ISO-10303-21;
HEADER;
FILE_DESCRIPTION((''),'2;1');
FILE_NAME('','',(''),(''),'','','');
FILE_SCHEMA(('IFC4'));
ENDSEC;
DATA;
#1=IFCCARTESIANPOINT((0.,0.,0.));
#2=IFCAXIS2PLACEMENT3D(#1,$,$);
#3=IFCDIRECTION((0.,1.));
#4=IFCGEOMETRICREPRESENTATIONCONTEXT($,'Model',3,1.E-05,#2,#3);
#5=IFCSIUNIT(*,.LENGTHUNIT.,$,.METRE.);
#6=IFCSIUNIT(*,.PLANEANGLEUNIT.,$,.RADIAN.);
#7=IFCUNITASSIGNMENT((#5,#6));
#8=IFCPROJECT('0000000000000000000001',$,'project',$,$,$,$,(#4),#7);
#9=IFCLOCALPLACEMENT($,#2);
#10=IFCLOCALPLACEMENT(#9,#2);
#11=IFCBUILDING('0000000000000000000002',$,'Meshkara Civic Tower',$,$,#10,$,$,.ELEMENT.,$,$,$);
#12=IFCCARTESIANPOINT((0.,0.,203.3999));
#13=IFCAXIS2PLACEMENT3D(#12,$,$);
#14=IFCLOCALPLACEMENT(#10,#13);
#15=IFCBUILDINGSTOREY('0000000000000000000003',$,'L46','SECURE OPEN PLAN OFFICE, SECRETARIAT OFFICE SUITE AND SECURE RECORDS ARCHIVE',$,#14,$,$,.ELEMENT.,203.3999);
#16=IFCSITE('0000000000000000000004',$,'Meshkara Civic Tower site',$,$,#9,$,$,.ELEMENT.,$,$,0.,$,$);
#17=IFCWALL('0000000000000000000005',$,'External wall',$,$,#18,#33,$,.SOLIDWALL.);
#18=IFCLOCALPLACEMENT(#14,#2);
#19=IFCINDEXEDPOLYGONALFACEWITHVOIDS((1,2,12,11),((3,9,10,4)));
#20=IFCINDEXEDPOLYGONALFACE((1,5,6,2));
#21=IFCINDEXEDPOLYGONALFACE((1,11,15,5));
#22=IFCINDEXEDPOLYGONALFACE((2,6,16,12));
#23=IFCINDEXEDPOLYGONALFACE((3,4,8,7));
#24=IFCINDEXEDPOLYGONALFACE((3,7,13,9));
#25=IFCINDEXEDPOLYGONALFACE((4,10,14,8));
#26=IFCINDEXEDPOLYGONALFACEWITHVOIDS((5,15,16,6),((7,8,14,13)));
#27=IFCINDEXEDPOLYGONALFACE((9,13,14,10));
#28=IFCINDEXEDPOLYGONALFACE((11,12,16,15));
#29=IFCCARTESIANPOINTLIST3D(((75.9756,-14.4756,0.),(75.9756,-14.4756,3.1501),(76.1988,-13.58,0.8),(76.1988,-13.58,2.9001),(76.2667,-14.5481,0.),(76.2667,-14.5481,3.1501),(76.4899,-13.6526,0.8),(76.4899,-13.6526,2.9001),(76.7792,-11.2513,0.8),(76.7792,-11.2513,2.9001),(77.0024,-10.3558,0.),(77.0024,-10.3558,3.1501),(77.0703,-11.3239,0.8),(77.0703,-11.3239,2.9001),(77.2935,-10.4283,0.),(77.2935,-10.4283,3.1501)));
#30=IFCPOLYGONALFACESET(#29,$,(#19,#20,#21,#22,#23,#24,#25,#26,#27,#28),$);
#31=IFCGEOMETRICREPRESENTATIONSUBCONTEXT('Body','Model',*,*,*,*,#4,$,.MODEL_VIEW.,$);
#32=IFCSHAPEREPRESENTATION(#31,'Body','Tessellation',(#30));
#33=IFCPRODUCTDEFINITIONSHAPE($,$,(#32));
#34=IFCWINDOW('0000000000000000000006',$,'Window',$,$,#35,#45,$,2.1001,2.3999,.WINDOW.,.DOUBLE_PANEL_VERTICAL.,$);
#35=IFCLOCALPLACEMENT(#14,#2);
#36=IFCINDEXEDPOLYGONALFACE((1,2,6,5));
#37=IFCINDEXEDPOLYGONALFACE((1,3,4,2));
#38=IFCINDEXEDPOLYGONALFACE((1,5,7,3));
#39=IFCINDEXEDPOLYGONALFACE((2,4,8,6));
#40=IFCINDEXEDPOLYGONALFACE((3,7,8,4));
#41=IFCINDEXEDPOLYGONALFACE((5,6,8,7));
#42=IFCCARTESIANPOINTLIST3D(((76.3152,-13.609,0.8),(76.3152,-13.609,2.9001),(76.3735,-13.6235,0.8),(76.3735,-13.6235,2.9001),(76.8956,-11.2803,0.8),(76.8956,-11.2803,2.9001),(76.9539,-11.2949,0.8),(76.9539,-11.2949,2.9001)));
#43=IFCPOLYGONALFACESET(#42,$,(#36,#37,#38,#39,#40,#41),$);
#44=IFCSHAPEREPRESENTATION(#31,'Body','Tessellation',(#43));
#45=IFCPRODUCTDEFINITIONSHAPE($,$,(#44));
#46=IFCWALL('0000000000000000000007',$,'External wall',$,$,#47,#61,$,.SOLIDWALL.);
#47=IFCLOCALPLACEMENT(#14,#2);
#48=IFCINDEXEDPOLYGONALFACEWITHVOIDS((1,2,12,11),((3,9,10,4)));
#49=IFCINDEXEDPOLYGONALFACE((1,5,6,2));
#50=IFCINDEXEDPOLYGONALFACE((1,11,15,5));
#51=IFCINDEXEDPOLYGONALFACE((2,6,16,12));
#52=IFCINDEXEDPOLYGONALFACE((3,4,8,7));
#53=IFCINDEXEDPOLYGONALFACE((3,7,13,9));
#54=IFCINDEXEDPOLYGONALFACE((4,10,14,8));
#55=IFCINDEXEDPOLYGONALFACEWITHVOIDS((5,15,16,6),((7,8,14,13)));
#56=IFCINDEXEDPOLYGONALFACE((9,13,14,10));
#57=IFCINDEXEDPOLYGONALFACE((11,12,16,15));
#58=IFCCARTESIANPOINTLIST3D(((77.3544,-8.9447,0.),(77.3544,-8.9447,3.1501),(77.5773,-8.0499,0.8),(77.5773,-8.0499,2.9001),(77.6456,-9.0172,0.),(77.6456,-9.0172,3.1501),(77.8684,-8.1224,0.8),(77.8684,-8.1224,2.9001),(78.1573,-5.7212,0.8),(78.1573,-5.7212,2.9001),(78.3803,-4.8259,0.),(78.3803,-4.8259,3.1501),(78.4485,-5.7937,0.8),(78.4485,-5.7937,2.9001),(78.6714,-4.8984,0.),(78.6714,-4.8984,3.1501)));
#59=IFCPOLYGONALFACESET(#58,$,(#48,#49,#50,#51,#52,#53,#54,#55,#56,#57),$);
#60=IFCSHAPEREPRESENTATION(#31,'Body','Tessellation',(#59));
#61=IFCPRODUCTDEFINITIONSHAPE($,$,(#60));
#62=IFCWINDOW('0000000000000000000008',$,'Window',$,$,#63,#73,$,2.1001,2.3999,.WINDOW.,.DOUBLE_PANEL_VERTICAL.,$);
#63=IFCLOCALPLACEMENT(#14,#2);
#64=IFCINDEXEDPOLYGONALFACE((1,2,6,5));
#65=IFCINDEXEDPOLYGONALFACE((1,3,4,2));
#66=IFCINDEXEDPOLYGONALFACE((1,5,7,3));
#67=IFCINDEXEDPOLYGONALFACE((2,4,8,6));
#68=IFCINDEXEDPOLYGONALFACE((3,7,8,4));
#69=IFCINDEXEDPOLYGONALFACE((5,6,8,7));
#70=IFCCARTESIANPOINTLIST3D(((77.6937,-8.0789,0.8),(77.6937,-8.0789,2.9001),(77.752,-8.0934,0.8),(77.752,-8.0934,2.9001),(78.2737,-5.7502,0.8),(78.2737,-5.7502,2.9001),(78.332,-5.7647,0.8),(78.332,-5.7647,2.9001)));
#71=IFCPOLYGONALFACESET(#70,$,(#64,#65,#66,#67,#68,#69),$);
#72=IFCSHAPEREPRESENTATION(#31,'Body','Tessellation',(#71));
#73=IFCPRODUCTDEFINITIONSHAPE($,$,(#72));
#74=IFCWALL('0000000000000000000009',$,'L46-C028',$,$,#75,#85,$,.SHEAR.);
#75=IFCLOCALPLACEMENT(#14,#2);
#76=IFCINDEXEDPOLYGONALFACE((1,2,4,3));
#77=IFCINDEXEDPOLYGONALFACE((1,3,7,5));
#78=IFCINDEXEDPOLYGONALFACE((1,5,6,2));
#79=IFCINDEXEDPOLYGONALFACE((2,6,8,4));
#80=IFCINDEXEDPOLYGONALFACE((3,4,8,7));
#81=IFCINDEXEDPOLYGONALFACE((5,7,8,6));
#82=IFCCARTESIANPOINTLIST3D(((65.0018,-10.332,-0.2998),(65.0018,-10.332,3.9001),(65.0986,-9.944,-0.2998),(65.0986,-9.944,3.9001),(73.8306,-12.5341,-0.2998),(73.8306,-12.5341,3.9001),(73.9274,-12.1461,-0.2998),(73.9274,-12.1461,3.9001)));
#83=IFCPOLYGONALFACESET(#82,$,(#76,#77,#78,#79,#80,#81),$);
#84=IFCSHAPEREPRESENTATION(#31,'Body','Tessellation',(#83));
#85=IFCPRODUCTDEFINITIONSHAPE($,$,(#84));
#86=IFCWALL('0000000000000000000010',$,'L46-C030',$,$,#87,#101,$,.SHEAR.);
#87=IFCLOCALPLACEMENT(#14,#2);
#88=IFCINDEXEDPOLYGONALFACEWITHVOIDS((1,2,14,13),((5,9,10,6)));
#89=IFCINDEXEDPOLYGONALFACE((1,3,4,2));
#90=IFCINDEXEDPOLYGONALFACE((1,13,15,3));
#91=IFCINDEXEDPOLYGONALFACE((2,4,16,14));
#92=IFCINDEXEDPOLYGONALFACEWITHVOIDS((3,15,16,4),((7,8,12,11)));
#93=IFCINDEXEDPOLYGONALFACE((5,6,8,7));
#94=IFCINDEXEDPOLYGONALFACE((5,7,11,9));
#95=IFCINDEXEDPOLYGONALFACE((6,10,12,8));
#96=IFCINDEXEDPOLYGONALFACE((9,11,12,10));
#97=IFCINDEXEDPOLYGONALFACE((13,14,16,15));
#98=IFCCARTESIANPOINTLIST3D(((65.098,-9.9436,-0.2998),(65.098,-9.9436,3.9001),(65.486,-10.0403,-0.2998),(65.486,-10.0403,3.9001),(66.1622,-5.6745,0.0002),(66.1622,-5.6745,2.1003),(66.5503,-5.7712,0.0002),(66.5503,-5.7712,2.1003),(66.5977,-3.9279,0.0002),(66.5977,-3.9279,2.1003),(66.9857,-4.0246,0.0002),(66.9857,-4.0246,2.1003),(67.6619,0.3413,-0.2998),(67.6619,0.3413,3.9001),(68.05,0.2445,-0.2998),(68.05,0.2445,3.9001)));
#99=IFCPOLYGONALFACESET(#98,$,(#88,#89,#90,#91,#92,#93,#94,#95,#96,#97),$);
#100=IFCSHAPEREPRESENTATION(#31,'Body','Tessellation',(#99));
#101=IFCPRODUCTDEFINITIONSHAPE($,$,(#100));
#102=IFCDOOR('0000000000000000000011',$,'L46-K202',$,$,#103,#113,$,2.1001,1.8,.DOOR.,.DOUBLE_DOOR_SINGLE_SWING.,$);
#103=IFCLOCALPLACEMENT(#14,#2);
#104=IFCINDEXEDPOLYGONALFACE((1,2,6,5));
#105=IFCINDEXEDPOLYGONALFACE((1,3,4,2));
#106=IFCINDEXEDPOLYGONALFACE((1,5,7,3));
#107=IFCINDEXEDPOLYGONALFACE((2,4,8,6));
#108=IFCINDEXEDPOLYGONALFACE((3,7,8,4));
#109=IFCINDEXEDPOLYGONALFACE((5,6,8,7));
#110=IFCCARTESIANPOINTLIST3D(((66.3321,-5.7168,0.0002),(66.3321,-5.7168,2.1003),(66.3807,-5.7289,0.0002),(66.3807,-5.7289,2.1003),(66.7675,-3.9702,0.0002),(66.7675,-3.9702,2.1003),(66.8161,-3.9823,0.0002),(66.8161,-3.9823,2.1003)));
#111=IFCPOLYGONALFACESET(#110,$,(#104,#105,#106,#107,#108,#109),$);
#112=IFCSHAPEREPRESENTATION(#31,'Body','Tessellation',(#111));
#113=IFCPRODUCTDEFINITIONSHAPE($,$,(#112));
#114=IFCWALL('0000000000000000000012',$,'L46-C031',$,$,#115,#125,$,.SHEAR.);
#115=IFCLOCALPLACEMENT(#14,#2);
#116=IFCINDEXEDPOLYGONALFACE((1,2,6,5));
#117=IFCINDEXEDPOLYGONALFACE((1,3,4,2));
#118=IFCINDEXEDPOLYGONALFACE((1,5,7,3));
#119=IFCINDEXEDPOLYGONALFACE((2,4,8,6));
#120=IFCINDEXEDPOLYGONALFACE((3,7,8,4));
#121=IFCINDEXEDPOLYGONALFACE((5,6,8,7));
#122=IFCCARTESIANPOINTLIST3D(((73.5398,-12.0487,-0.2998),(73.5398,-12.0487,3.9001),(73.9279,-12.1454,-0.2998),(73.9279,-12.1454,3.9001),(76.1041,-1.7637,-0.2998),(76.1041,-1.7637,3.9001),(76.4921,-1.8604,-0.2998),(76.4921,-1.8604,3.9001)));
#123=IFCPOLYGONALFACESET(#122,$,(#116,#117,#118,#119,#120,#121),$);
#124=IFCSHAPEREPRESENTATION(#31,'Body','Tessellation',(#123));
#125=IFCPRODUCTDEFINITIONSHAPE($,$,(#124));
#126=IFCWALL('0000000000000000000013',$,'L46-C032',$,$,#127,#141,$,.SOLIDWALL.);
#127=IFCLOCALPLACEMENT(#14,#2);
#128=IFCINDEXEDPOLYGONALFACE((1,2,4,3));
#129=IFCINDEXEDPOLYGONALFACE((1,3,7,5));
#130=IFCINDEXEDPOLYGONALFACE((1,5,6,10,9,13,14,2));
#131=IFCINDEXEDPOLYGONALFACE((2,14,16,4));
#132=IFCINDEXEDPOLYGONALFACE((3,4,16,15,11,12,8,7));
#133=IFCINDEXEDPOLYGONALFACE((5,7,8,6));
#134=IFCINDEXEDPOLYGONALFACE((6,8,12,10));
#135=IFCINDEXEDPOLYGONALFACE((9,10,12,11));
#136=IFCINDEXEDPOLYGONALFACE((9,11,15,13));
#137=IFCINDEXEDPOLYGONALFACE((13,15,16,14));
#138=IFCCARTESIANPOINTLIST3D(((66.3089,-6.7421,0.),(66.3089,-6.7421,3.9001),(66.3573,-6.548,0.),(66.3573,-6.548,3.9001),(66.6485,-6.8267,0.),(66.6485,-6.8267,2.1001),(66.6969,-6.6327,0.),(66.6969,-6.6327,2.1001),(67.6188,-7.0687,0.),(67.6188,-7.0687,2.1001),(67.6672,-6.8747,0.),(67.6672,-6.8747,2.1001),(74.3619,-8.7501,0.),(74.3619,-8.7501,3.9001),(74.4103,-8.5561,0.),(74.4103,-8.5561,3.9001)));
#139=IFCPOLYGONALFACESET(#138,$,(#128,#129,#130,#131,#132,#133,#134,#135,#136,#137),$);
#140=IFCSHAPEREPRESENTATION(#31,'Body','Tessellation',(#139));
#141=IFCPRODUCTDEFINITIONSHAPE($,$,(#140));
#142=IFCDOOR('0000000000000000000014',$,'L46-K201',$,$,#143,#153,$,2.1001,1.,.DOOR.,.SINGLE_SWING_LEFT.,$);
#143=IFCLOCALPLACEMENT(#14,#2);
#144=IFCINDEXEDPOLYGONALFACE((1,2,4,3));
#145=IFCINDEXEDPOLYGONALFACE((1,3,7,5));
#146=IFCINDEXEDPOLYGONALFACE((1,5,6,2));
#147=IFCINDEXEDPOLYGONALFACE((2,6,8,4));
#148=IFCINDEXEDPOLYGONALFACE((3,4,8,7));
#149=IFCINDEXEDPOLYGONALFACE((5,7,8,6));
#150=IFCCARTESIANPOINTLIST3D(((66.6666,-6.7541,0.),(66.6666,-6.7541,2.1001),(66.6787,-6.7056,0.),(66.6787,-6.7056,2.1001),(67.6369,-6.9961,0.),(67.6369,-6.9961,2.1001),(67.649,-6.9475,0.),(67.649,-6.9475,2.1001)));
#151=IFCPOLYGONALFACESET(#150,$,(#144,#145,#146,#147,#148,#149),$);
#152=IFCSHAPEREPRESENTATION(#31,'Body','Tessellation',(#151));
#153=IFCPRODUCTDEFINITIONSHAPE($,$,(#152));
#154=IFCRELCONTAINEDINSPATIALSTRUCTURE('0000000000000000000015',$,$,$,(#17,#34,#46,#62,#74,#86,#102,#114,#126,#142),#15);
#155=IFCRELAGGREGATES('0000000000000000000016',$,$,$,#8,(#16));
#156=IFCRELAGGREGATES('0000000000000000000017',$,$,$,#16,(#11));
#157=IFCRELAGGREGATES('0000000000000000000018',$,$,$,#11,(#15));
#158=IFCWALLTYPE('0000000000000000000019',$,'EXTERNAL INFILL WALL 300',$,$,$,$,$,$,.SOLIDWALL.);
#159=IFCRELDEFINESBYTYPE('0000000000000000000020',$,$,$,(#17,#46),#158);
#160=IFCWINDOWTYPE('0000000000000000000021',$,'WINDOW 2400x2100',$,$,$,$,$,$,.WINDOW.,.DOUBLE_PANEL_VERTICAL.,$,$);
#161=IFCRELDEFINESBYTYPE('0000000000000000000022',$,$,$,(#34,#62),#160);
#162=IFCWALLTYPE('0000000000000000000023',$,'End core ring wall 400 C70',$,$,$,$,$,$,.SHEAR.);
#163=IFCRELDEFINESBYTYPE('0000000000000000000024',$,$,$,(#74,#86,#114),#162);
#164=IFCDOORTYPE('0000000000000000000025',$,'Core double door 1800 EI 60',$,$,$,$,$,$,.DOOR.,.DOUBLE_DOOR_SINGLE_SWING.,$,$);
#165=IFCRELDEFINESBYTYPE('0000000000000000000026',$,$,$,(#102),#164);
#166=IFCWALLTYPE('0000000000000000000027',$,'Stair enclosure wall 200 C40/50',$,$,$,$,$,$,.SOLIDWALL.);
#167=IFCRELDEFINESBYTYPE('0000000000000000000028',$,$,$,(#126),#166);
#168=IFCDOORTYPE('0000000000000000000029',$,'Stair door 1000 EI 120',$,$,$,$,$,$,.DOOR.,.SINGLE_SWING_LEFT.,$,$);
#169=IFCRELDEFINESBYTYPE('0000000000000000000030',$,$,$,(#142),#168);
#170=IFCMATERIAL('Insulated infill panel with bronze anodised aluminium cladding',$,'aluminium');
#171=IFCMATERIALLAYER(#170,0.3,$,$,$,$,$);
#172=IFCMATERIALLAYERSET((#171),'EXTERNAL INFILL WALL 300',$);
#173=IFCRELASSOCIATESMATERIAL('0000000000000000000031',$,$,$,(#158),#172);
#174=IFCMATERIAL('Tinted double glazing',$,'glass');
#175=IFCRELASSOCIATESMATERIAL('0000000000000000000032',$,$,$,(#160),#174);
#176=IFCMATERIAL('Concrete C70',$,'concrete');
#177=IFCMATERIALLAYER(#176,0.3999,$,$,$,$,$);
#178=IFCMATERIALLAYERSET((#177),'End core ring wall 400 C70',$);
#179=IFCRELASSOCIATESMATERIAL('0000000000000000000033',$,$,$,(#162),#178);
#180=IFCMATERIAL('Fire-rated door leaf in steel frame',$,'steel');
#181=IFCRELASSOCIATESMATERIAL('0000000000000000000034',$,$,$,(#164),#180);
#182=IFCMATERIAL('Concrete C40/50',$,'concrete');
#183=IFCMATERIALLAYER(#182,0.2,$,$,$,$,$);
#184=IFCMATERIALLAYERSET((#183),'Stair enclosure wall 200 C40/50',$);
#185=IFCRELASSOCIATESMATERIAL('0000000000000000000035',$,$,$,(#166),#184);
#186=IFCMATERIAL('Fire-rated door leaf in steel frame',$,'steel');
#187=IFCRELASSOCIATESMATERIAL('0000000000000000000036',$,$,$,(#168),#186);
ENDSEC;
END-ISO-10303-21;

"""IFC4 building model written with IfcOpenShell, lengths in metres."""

from ifc_helpers import new_model, si_unit, direction, frame, frame_2d, origin, place, context, subcontext, project, spatial, rectangle, extrude, material, layer, layer_set, type_object, element, fill, save


model = new_model("IFC4")

# Units and contexts
model_context = context("Model", 3, precision=1e-05, world=origin(), true_north=direction((0.0, 1.0)))
body_context = subcontext(model_context, "Body", "Model", "MODEL_VIEW")
ifc_project = project(units=[si_unit("LENGTHUNIT", "METRE"), si_unit("PLANEANGLEUNIT", "RADIAN")], contexts=[model_context])

# Site, building, storey
site_placement = place(None, origin())
site = spatial("IfcSite", under=ifc_project, at=site_placement, Name="Meshkara Civic Tower site", CompositionType="ELEMENT", RefElevation=0.0)
building_placement = place(site_placement, origin())
building = spatial("IfcBuilding", under=site, at=building_placement, Name="Meshkara Civic Tower", CompositionType="ELEMENT")
storey_placement = place(building_placement, frame((0.0, 0.0, 203.3999)))
storey = spatial("IfcBuildingStorey", under=building, at=storey_placement, Name="L46", Description="SECURE OPEN PLAN OFFICE, SECRETARIAT OFFICE SUITE AND SECURE RECORDS ARCHIVE", CompositionType="ELEMENT", Elevation=203.3999)

# Walls, openings, windows
ifc_material_1 = material(Name="Insulated infill panel with bronze anodised aluminium cladding", Category="aluminium")
ifc_layer_1 = layer(ifc_material_1, 0.3)
ifc_layer_set_1 = layer_set([ifc_layer_1], Name="EXTERNAL INFILL WALL 300")
wall_type_1 = type_object("IfcWallType", Name="EXTERNAL INFILL WALL 300", PredefinedType="SOLIDWALL", material=ifc_layer_set_1)
ifc_material_2 = material(Name="Tinted double glazing", Category="glass")
window_type_1 = type_object("IfcWindowType", Name="WINDOW 2400x2100", PartitioningType="DOUBLE_PANEL_VERTICAL", PredefinedType="WINDOW", material=ifc_material_2)
wall_1_placement = place(storey_placement, frame((76.1211, -14.512, 0.0), z_axis=(0.0, 0.0, 1.0), x_axis=(0.241846, 0.970315, 0.0)))
wall_1 = element("IfcWall", 1, at=wall_1_placement, inside=storey, type_object=wall_type_1, Name="External wall", PredefinedType="SOLIDWALL", context=body_context, shape_type="SweptSolid", body=[
    extrude(rectangle(XDim=4.2458, YDim=0.3, at=frame_2d((2.123, 0.0))), origin(), (0.0, 0.0, 1.0), 3.1501),
])
opening_1_placement = place(wall_1_placement, frame((0.9231, 0.0, 0.8)))
opening_1 = element("IfcOpeningElement", 2, at=opening_1_placement, cuts=wall_1, PredefinedType="OPENING", context=body_context, shape_type="SweptSolid", body=[
    extrude(rectangle(XDim=2.3999, YDim=2.1001, at=frame_2d((1.2, 1.05))), frame((0.0, 0.1599, 0.0), z_axis=(0.0, -1.0, 0.0), x_axis=(1.0, 0.0, 0.0)), (0.0, 0.0, 1.0), 0.3201),
])
window_1_placement = place(opening_1_placement, origin())
window_1 = element("IfcWindow", 3, at=window_1_placement, inside=storey, type_object=window_type_1, Name="Window", OverallHeight=2.1001, OverallWidth=2.3999, PartitioningType="DOUBLE_PANEL_VERTICAL", PredefinedType="WINDOW", context=body_context, shape_type="SweptSolid", body=[
    extrude(rectangle(XDim=2.3999, YDim=2.1001, at=frame_2d((1.2, 1.05))), frame((0.0, 0.03, 0.0), z_axis=(0.0, -1.0, 0.0), x_axis=(1.0, 0.0, 0.0)), (0.0, 0.0, 1.0), 0.0601),
])
fill(opening_1, window_1)
wall_2_placement = place(storey_placement, frame((77.5, -8.981, 0.0), z_axis=(0.0, 0.0, 1.0), x_axis=(0.241683, 0.970355, 0.0)))
wall_2 = element("IfcWall", 4, at=wall_2_placement, inside=storey, type_object=wall_type_1, Name="External wall", PredefinedType="SOLIDWALL", context=body_context, shape_type="SweptSolid", body=[
    extrude(rectangle(XDim=4.2446, YDim=0.3, at=frame_2d((2.1223, 0.0))), origin(), (0.0, 0.0, 1.0), 3.1501),
])
opening_2_placement = place(wall_2_placement, frame((0.9221, 0.0, 0.8)))
opening_2 = element("IfcOpeningElement", 5, at=opening_2_placement, cuts=wall_2, PredefinedType="OPENING", context=body_context, shape_type="SweptSolid", body=[
    extrude(rectangle(XDim=2.3999, YDim=2.1001, at=frame_2d((1.2, 1.05))), frame((0.0, 0.1599, 0.0), z_axis=(0.0, -1.0, 0.0), x_axis=(1.0, 0.0, 0.0)), (0.0, 0.0, 1.0), 0.3201),
])
window_2_placement = place(opening_2_placement, origin())
window_2 = element("IfcWindow", 6, at=window_2_placement, inside=storey, type_object=window_type_1, Name="Window", OverallHeight=2.1001, OverallWidth=2.3999, PartitioningType="DOUBLE_PANEL_VERTICAL", PredefinedType="WINDOW", context=body_context, shape_type="SweptSolid", body=[
    extrude(rectangle(XDim=2.3999, YDim=2.1001, at=frame_2d((1.2, 1.05))), frame((0.0, 0.03, 0.0), z_axis=(0.0, -1.0, 0.0), x_axis=(1.0, 0.0, 0.0)), (0.0, 0.0, 1.0), 0.0601),
])
fill(opening_2, window_2)

# Wall
ifc_material_3 = material(Name="Concrete C70", Category="concrete")
ifc_layer_2 = layer(ifc_material_3, 0.3999)
ifc_layer_set_2 = layer_set([ifc_layer_2], Name="End core ring wall 400 C70")
wall_type_2 = type_object("IfcWallType", Name="End core ring wall 400 C70", PredefinedType="SHEAR", material=ifc_layer_set_2)
wall_3_placement = place(storey_placement, frame((65.05, -10.1379, -0.2998), z_axis=(0.0, 0.0, 1.0), x_axis=(0.970273, -0.242012, 0.0)))
element("IfcWall", 7, at=wall_3_placement, inside=storey, type_object=wall_type_2, Name="L46-C028", PredefinedType="SHEAR", context=body_context, shape_type="SweptSolid", body=[
    extrude(rectangle(XDim=9.0994, YDim=0.3999, at=frame_2d((4.5498, 0.0))), origin(), (0.0, 0.0, 1.0), 4.2),
])

# Wall, opening, door
wall_4_placement = place(storey_placement, frame((65.292, -9.9919, -0.2998), z_axis=(0.0, 0.0, 1.0), x_axis=(0.241891, 0.970304, 0.0)))
wall_4 = element("IfcWall", 8, at=wall_4_placement, inside=storey, type_object=wall_type_2, Name="L46-C030", PredefinedType="SHEAR", context=body_context, shape_type="SweptSolid", body=[
    extrude(rectangle(XDim=10.5996, YDim=0.3999, at=frame_2d((5.2998, 0.0))), origin(), (0.0, 0.0, 1.0), 4.2),
])
opening_3_placement = place(wall_4_placement, frame((4.3999, 0.0, 0.3)))
opening_3 = element("IfcOpeningElement", 9, at=opening_3_placement, cuts=wall_4, PredefinedType="OPENING", context=body_context, shape_type="SweptSolid", body=[
    extrude(rectangle(XDim=1.8, YDim=2.1001, at=frame_2d((0.8999, 1.05))), frame((0.0, 0.21, 0.0), z_axis=(0.0, -1.0, 0.0), x_axis=(1.0, 0.0, 0.0)), (0.0, 0.0, 1.0), 0.4199),
])
ifc_material_4 = material(Name="Fire-rated door leaf in steel frame", Category="steel")
door_type_1 = type_object("IfcDoorType", Name="Core double door 1800 EI 60", OperationType="DOUBLE_DOOR_SINGLE_SWING", PredefinedType="DOOR", material=ifc_material_4)
door_1_placement = place(opening_3_placement, origin())
door_1 = element("IfcDoor", 10, at=door_1_placement, inside=storey, type_object=door_type_1, Name="L46-K202", OperationType="DOUBLE_DOOR_SINGLE_SWING", OverallHeight=2.1001, OverallWidth=1.8, PredefinedType="DOOR", context=body_context, shape_type="SweptSolid", body=[
    extrude(rectangle(XDim=1.8, YDim=2.1001, at=frame_2d((0.8999, 1.05))), frame((0.0, 0.0249, 0.0), z_axis=(0.0, -1.0, 0.0), x_axis=(1.0, 0.0, 0.0)), (0.0, 0.0, 1.0), 0.05),
])
fill(opening_3, door_1)

# Wall
wall_5_placement = place(storey_placement, frame((73.7339, -12.0969, -0.2998), z_axis=(0.0, 0.0, 1.0), x_axis=(0.241912, 0.970298, 0.0)))
element("IfcWall", 11, at=wall_5_placement, inside=storey, type_object=wall_type_2, Name="L46-C031", PredefinedType="SHEAR", context=body_context, shape_type="SweptSolid", body=[
    extrude(rectangle(XDim=10.5999, YDim=0.3999, at=frame_2d((5.2998, 0.0))), origin(), (0.0, 0.0, 1.0), 4.2),
])

# Wall, opening, door
ifc_material_5 = material(Name="Concrete C40/50", Category="concrete")
ifc_layer_3 = layer(ifc_material_5, 0.2)
ifc_layer_set_3 = layer_set([ifc_layer_3], Name="Stair enclosure wall 200 C40/50")
wall_type_3 = type_object("IfcWallType", Name="Stair enclosure wall 200 C40/50", PredefinedType="SOLIDWALL", material=ifc_layer_set_3)
wall_6_placement = place(storey_placement, frame((66.333, -6.645, 0.0), z_axis=(0.0, 0.0, 1.0), x_axis=(0.970289, -0.241947, 0.0)))
wall_6 = element("IfcWall", 12, at=wall_6_placement, inside=storey, type_object=wall_type_3, Name="L46-C032", PredefinedType="SOLIDWALL", context=body_context, shape_type="SweptSolid", body=[
    extrude(rectangle(XDim=8.2996, YDim=0.2, at=frame_2d((4.1499, 0.0))), origin(), (0.0, 0.0, 1.0), 3.9001),
])
opening_4_placement = place(wall_6_placement, frame((0.3501, 0.0, 0.0)))
opening_4 = element("IfcOpeningElement", 13, at=opening_4_placement, cuts=wall_6, PredefinedType="OPENING", context=body_context, shape_type="SweptSolid", body=[
    extrude(rectangle(XDim=1.0, YDim=2.1001, at=frame_2d((0.5, 1.05))), frame((0.0, 0.1099, 0.0), z_axis=(0.0, -1.0, 0.0), x_axis=(1.0, 0.0, 0.0)), (0.0, 0.0, 1.0), 0.22),
])
ifc_material_6 = material(Name="Fire-rated door leaf in steel frame", Category="steel")
door_type_2 = type_object("IfcDoorType", Name="Stair door 1000 EI 120", OperationType="SINGLE_SWING_LEFT", PredefinedType="DOOR", material=ifc_material_6)
door_2_placement = place(opening_4_placement, origin())
door_2 = element("IfcDoor", 14, at=door_2_placement, inside=storey, type_object=door_type_2, Name="L46-K201", OperationType="SINGLE_SWING_LEFT", OverallHeight=2.1001, OverallWidth=1.0, PredefinedType="DOOR", context=body_context, shape_type="SweptSolid", body=[
    extrude(rectangle(XDim=1.0, YDim=2.1001, at=frame_2d((0.5, 1.05))), frame((0.0, 0.0249, 0.0), z_axis=(0.0, -1.0, 0.0), x_axis=(1.0, 0.0, 0.0)), (0.0, 0.0, 1.0), 0.05),
])
fill(opening_4, door_2)

save(model, "model.ifc")
